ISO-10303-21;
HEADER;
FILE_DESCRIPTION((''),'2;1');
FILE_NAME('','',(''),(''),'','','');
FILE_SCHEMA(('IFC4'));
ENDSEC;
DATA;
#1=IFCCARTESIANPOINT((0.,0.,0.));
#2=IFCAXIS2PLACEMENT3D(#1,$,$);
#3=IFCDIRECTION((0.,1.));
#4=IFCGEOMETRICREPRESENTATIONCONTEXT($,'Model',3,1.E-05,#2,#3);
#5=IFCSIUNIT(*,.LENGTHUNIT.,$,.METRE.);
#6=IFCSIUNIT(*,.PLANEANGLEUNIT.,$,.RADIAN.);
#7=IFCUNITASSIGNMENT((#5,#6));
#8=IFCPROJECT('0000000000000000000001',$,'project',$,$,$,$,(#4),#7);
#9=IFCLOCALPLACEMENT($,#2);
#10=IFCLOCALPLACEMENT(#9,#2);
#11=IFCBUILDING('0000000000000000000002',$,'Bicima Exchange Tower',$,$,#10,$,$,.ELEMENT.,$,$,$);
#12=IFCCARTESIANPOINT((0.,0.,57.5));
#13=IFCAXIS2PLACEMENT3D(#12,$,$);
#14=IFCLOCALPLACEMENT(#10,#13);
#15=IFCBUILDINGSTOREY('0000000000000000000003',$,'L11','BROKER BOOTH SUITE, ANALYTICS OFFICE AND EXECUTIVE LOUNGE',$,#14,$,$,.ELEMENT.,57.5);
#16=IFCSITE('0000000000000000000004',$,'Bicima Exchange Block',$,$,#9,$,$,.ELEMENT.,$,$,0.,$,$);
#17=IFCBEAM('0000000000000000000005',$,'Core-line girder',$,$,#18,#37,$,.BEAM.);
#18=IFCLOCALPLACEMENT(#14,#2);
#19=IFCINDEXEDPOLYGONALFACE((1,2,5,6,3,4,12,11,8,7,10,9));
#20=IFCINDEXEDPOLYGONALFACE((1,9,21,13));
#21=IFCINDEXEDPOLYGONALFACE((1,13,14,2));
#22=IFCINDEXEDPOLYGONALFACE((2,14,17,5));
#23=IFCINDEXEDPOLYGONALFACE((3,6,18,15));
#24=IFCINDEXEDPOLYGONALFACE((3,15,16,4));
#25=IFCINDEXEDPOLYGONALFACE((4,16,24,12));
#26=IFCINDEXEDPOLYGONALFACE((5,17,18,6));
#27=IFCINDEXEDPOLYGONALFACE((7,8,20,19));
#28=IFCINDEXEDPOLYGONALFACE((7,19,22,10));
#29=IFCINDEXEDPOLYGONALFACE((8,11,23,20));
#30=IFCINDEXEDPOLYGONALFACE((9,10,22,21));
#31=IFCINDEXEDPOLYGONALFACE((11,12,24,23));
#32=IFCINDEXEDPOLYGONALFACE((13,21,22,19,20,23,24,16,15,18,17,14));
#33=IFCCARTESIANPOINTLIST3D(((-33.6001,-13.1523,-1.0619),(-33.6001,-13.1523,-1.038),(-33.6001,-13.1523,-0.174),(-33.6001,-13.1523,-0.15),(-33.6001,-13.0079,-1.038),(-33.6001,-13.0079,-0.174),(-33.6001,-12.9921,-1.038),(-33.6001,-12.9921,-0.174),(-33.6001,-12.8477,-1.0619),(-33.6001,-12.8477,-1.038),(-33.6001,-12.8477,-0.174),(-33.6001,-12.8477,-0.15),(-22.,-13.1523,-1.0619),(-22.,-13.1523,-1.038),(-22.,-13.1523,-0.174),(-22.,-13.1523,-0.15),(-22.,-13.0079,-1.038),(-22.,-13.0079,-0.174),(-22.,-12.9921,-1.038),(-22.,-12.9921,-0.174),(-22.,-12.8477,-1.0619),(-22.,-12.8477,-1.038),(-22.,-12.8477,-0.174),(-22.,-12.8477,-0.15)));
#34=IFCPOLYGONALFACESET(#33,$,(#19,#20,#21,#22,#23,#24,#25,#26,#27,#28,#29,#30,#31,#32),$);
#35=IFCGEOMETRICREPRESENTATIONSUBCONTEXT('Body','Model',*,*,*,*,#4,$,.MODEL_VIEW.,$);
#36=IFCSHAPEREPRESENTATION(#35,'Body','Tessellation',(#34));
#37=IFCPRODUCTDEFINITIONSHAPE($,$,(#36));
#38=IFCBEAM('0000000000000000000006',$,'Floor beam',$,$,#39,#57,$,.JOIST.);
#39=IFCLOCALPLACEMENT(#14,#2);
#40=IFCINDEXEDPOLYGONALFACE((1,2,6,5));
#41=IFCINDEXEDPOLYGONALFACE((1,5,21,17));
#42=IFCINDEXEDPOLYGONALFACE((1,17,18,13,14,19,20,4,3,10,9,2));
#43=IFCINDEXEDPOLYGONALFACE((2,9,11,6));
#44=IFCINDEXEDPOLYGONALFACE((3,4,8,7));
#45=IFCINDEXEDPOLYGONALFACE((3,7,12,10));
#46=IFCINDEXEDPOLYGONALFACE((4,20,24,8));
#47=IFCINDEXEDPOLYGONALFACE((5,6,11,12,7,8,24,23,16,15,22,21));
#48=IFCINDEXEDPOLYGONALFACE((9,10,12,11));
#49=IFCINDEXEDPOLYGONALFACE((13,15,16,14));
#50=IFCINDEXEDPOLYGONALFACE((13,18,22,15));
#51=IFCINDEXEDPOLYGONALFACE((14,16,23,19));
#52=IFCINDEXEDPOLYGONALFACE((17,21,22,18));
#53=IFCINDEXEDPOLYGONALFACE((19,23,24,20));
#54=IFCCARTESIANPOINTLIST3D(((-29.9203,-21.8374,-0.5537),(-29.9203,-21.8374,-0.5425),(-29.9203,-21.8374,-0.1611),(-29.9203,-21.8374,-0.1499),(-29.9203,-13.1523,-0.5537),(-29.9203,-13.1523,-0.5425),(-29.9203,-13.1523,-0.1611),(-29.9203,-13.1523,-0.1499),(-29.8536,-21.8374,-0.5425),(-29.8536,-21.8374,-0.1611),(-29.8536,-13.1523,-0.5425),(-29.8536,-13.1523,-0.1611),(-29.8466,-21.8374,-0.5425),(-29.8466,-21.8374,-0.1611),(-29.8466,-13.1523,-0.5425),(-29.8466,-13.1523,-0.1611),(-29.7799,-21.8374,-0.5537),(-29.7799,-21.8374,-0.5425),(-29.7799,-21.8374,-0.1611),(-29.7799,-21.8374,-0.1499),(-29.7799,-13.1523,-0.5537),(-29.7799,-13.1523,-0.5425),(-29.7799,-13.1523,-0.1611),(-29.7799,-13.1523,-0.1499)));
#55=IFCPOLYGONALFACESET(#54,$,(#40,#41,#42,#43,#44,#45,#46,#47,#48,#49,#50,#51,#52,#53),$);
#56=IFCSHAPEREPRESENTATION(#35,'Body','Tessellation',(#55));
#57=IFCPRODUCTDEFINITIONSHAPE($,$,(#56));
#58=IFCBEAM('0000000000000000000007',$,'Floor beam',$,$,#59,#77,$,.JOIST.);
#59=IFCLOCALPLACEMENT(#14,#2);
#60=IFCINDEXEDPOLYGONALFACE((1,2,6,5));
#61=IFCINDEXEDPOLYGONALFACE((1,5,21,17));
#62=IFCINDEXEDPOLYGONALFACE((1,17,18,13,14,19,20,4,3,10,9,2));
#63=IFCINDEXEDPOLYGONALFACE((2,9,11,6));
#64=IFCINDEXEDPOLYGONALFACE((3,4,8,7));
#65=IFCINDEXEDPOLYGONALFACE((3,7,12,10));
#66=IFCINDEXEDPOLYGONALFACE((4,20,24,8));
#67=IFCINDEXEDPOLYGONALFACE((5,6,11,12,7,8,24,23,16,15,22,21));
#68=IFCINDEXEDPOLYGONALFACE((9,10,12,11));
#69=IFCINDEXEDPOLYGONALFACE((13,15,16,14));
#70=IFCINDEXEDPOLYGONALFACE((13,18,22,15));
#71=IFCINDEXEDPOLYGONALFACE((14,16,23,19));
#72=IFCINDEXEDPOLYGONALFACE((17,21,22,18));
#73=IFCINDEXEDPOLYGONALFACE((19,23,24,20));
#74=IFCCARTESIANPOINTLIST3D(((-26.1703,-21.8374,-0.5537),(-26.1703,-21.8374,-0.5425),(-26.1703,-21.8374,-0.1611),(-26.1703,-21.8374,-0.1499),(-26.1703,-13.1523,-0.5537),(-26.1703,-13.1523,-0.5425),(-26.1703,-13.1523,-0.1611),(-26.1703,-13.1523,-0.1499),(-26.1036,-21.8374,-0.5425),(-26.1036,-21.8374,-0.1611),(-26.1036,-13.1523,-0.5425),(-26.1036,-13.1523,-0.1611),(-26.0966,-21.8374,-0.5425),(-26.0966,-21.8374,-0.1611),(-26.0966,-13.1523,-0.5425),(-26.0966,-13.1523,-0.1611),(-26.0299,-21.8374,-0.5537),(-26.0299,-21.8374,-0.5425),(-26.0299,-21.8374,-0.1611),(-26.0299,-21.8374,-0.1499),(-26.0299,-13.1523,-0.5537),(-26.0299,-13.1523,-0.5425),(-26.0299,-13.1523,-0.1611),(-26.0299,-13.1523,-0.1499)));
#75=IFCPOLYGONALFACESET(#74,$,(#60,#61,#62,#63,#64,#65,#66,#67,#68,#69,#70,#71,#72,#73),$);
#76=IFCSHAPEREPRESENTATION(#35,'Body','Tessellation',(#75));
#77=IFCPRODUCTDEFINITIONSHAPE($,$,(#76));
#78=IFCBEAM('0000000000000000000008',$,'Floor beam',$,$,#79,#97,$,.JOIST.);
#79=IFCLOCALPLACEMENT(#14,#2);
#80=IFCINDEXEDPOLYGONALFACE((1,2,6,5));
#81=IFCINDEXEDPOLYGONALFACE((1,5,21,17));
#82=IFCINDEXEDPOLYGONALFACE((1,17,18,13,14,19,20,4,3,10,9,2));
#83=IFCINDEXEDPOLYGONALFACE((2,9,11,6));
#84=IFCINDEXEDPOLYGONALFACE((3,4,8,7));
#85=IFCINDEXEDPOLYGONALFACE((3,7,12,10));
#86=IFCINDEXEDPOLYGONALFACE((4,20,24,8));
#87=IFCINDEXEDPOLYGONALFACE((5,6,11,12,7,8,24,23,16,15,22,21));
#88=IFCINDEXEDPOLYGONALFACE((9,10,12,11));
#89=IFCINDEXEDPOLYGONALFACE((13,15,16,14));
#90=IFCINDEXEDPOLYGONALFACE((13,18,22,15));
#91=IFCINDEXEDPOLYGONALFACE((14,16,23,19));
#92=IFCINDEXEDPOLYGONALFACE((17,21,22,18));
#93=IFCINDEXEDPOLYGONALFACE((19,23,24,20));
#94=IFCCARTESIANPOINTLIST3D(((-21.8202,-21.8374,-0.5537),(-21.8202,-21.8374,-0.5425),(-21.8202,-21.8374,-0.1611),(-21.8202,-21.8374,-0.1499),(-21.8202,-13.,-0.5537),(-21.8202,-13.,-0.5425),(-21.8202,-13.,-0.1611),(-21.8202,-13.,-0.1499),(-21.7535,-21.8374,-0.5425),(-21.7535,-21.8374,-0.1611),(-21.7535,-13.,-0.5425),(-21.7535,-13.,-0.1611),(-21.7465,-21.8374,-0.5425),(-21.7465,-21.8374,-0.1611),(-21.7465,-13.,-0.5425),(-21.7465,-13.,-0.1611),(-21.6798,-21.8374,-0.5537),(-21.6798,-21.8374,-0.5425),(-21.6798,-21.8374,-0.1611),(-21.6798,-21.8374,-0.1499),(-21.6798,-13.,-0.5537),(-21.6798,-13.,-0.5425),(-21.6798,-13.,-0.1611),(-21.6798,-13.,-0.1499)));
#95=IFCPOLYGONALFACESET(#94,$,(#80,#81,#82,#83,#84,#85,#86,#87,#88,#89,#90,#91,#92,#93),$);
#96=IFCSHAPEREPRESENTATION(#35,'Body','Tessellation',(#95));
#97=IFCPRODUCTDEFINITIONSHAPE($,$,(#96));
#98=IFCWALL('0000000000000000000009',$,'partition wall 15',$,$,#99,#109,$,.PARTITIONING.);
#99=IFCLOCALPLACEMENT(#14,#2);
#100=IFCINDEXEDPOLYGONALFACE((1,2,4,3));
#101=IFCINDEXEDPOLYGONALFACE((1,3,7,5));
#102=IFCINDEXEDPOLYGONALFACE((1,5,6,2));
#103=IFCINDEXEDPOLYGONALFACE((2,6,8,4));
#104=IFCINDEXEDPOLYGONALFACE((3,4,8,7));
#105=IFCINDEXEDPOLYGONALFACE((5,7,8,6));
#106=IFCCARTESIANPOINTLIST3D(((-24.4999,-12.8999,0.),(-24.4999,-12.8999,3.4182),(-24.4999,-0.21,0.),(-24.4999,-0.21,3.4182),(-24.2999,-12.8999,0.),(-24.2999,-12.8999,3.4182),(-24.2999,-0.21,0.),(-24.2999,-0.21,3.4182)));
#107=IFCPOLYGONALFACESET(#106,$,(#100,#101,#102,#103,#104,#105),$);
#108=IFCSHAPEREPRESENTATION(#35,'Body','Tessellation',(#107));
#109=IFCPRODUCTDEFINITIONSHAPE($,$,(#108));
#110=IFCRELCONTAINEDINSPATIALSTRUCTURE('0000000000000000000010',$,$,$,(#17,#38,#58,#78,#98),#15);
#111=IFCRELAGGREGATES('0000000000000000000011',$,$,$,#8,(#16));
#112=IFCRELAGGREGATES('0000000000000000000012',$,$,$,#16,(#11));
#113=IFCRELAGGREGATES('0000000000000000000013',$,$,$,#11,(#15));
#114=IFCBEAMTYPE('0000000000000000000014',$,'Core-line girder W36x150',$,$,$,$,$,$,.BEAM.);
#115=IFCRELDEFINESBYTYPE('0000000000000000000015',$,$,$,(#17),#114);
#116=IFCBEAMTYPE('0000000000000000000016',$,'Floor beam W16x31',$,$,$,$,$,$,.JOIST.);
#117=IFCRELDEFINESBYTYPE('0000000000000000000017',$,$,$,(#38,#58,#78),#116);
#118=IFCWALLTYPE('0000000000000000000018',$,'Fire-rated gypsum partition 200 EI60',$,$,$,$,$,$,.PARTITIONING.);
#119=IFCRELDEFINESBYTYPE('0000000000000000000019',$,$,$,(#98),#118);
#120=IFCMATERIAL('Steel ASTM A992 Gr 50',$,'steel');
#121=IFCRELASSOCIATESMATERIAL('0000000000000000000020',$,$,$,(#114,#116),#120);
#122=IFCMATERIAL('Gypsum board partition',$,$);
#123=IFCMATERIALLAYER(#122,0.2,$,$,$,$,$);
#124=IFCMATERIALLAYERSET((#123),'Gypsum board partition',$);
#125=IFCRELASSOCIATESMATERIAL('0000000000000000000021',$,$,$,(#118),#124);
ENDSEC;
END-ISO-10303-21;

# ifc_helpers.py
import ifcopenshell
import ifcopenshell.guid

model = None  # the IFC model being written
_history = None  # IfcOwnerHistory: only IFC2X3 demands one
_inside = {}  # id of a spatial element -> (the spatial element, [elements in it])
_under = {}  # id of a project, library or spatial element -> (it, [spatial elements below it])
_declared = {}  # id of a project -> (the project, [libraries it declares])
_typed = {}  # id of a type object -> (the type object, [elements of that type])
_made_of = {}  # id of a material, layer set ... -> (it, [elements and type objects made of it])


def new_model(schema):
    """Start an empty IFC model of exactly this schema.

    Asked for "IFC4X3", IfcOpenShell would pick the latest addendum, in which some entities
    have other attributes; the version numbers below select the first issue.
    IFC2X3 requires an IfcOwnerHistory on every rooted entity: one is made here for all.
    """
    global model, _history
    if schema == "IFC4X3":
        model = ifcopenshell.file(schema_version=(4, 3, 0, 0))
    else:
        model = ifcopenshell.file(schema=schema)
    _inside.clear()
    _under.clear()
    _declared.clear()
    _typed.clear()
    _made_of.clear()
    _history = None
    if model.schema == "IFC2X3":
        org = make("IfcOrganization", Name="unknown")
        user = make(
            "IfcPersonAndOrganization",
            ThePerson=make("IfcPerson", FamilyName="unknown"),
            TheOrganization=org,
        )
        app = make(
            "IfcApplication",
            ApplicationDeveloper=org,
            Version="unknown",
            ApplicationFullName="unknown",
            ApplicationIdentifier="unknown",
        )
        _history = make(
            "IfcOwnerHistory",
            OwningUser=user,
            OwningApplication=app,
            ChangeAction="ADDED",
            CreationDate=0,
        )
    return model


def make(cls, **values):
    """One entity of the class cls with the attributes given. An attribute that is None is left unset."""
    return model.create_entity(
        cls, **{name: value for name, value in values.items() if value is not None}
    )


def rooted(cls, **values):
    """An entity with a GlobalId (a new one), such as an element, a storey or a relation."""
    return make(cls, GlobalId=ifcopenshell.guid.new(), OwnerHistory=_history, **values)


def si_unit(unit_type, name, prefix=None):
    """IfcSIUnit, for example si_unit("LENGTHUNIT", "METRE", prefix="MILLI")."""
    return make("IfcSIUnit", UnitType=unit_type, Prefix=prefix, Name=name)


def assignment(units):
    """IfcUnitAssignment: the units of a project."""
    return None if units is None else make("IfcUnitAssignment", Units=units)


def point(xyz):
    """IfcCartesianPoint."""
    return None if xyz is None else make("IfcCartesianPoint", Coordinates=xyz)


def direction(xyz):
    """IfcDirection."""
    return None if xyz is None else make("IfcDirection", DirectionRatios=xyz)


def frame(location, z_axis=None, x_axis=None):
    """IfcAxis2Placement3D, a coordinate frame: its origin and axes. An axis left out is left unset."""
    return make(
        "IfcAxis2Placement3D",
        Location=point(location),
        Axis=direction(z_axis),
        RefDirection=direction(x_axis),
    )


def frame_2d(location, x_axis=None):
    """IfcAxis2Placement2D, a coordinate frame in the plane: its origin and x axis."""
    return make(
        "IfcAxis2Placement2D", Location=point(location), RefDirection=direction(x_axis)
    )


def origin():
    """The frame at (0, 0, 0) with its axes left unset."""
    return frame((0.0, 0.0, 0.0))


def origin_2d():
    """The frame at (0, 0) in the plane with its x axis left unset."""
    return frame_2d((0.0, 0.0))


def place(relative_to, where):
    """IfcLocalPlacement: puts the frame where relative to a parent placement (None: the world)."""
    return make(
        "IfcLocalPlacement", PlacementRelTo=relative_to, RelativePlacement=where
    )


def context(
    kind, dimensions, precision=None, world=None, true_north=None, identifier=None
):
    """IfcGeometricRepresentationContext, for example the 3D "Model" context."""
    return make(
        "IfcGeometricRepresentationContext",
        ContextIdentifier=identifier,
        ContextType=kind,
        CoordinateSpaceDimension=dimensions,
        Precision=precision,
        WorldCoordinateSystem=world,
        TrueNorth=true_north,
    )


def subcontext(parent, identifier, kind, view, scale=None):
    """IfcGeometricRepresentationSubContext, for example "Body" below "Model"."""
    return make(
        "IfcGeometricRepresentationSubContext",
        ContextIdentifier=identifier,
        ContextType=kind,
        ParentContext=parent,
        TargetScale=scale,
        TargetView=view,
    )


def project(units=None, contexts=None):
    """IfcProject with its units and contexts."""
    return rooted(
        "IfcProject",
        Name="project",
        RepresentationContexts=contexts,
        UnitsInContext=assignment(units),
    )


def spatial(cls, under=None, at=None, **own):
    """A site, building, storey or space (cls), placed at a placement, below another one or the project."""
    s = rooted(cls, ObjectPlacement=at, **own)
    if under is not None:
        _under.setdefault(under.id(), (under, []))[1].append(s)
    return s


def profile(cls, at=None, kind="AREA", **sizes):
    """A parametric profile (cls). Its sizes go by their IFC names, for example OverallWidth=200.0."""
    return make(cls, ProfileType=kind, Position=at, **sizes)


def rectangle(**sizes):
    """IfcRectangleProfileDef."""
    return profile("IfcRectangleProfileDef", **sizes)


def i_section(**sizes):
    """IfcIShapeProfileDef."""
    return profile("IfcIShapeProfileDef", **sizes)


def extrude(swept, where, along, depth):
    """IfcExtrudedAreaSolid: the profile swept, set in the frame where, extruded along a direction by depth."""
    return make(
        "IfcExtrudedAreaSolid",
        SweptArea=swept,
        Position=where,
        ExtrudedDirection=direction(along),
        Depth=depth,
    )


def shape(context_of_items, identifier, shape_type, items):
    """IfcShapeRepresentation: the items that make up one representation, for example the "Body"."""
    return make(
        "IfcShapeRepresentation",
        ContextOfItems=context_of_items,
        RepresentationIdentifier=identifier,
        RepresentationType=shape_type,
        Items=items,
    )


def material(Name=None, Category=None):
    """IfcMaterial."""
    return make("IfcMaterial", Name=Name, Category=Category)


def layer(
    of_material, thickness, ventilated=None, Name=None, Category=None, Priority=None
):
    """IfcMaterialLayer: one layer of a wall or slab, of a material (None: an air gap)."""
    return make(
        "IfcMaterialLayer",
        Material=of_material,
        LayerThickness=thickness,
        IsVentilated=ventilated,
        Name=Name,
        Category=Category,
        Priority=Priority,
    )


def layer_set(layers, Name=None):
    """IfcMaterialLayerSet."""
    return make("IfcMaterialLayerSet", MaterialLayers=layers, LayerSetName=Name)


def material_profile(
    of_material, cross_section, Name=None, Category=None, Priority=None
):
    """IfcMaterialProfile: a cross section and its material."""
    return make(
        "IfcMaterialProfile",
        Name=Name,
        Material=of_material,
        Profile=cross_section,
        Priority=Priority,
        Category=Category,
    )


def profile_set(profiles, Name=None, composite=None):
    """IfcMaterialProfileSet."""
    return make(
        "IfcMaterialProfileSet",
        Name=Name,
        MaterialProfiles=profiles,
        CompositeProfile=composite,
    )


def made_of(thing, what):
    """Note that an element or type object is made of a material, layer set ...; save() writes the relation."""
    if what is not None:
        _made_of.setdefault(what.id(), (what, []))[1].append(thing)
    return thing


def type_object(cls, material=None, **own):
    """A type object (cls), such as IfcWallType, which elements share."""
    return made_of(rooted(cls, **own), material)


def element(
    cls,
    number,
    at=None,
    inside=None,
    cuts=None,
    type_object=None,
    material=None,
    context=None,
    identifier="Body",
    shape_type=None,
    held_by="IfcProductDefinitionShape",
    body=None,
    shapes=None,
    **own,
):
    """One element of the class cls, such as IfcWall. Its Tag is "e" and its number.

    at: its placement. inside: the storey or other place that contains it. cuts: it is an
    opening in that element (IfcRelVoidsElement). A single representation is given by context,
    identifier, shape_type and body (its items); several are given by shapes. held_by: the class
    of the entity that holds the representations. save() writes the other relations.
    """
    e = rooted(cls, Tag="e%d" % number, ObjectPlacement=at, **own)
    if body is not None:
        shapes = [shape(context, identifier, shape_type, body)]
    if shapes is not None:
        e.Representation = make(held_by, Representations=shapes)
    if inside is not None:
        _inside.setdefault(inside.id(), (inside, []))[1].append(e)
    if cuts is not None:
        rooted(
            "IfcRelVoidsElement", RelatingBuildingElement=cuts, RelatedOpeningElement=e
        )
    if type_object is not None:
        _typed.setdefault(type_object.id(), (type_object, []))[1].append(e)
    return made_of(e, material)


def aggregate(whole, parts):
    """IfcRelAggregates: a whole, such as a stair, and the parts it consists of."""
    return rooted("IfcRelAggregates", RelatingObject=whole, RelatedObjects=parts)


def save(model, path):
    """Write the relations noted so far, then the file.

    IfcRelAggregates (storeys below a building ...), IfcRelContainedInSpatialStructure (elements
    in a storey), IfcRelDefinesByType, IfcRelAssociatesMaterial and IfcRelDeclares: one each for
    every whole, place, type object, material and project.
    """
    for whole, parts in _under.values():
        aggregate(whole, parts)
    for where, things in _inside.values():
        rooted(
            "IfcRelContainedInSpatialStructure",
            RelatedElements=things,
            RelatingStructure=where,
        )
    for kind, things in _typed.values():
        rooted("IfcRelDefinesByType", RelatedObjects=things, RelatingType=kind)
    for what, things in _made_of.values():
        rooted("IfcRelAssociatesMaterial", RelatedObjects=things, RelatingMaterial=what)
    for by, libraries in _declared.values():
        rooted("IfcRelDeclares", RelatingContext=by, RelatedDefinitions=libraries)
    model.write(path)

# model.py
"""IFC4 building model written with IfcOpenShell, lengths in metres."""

from ifc_helpers import new_model, si_unit, direction, frame, frame_2d, origin, origin_2d, place, context, subcontext, project, spatial, rectangle, i_section, extrude, material, layer, layer_set, material_profile, profile_set, type_object, element, save


model = new_model("IFC4")

# Units and contexts
model_context = context("Model", 3, precision=1e-05, world=origin(), true_north=direction((0.0, 1.0)))
body_context = subcontext(model_context, "Body", "Model", "MODEL_VIEW")
ifc_project = project(units=[si_unit("LENGTHUNIT", "METRE"), si_unit("PLANEANGLEUNIT", "RADIAN")], contexts=[model_context])

# Site, building, storey
site_placement = place(None, origin())
site = spatial("IfcSite", under=ifc_project, at=site_placement, Name="Bicima Exchange Block", CompositionType="ELEMENT", RefElevation=0.0)
building_placement = place(site_placement, origin())
building = spatial("IfcBuilding", under=site, at=building_placement, Name="Bicima Exchange Tower", CompositionType="ELEMENT")
storey_placement = place(building_placement, frame((0.0, 0.0, 57.5)))
storey = spatial("IfcBuildingStorey", under=building, at=storey_placement, Name="L11", Description="BROKER BOOTH SUITE, ANALYTICS OFFICE AND EXECUTIVE LOUNGE", CompositionType="ELEMENT", Elevation=57.5)

# Beams
ifc_material_1 = material(Name="Steel ASTM A992 Gr 50", Category="steel")
ifc_material_profile_1 = material_profile(ifc_material_1, i_section(OverallWidth=0.3047, OverallDepth=0.9119, WebThickness=0.0159, FlangeThickness=0.0239, at=origin_2d()))
ifc_profile_set_1 = profile_set([ifc_material_profile_1], Name="Steel ASTM A992 Gr 50")
beam_type_1 = type_object("IfcBeamType", Name="Core-line girder W36x150", PredefinedType="BEAM", material=ifc_profile_set_1)
beam_1_placement = place(storey_placement, frame((-22.0, -13.0, -0.606), z_axis=(-1.0, 0.0, 0.0), x_axis=(0.0, -1.0, 0.0)))
element("IfcBeam", 1, at=beam_1_placement, inside=storey, type_object=beam_type_1, Name="Core-line girder", PredefinedType="BEAM", context=body_context, shape_type="SweptSolid", body=[
    extrude(i_section(OverallWidth=0.3047, OverallDepth=0.9119, WebThickness=0.0159, FlangeThickness=0.0239, at=origin_2d()), origin(), (0.0, 0.0, 1.0), 11.6001),
])
ifc_material_profile_2 = material_profile(ifc_material_1, i_section(OverallWidth=0.1404, OverallDepth=0.4038, WebThickness=0.0071, FlangeThickness=0.0112, at=origin_2d()))
ifc_profile_set_2 = profile_set([ifc_material_profile_2], Name="Steel ASTM A992 Gr 50")
beam_type_2 = type_object("IfcBeamType", Name="Floor beam W16x31", PredefinedType="JOIST", material=ifc_profile_set_2)
for number, where, z_axis, x_axis, name in (
    (2, (-29.8501, -13.1523, -0.3518), (0.0, -1.0, 0.0), (1.0, 0.0, 0.0), "Floor beam"),
    (3, (-26.1001, -13.1523, -0.3518), (0.0, -1.0, 0.0), (1.0, 0.0, 0.0), "Floor beam"),
):
    element("IfcBeam", number, at=place(storey_placement, frame(where, z_axis=z_axis, x_axis=x_axis)), inside=storey, type_object=beam_type_2, Name=name, PredefinedType="JOIST", context=body_context, shape_type="SweptSolid", body=[
        extrude(i_section(OverallWidth=0.1404, OverallDepth=0.4038, WebThickness=0.0071, FlangeThickness=0.0112, at=origin_2d()), origin(), (0.0, 0.0, 1.0), 8.6851),
    ])
beam_2_placement = place(storey_placement, frame((-21.75, -13.0, -0.3518), z_axis=(0.0, -1.0, 0.0), x_axis=(1.0, 0.0, 0.0)))
element("IfcBeam", 4, at=beam_2_placement, inside=storey, type_object=beam_type_2, Name="Floor beam", PredefinedType="JOIST", context=body_context, shape_type="SweptSolid", body=[
    extrude(i_section(OverallWidth=0.1404, OverallDepth=0.4038, WebThickness=0.0071, FlangeThickness=0.0112, at=origin_2d()), origin(), (0.0, 0.0, 1.0), 8.8374),
])

# Wall
ifc_material_2 = material(Name="Gypsum board partition")
ifc_layer_1 = layer(ifc_material_2, 0.2)
ifc_layer_set_1 = layer_set([ifc_layer_1], Name="Gypsum board partition")
wall_type_1 = type_object("IfcWallType", Name="Fire-rated gypsum partition 200 EI60", PredefinedType="PARTITIONING", material=ifc_layer_set_1)
wall_1_placement = place(storey_placement, frame((-24.3999, -12.8999, 0.0), z_axis=(0.0, 0.0, 1.0), x_axis=(0.0, 1.0, 0.0)))
element("IfcWall", 5, at=wall_1_placement, inside=storey, type_object=wall_type_1, Name="partition wall 15", PredefinedType="PARTITIONING", context=body_context, shape_type="SweptSolid", body=[
    extrude(rectangle(XDim=12.6899, YDim=0.2, at=frame_2d((6.345, 0.0))), origin(), (0.0, 0.0, 1.0), 3.4182),
])

save(model, "model.ifc")
